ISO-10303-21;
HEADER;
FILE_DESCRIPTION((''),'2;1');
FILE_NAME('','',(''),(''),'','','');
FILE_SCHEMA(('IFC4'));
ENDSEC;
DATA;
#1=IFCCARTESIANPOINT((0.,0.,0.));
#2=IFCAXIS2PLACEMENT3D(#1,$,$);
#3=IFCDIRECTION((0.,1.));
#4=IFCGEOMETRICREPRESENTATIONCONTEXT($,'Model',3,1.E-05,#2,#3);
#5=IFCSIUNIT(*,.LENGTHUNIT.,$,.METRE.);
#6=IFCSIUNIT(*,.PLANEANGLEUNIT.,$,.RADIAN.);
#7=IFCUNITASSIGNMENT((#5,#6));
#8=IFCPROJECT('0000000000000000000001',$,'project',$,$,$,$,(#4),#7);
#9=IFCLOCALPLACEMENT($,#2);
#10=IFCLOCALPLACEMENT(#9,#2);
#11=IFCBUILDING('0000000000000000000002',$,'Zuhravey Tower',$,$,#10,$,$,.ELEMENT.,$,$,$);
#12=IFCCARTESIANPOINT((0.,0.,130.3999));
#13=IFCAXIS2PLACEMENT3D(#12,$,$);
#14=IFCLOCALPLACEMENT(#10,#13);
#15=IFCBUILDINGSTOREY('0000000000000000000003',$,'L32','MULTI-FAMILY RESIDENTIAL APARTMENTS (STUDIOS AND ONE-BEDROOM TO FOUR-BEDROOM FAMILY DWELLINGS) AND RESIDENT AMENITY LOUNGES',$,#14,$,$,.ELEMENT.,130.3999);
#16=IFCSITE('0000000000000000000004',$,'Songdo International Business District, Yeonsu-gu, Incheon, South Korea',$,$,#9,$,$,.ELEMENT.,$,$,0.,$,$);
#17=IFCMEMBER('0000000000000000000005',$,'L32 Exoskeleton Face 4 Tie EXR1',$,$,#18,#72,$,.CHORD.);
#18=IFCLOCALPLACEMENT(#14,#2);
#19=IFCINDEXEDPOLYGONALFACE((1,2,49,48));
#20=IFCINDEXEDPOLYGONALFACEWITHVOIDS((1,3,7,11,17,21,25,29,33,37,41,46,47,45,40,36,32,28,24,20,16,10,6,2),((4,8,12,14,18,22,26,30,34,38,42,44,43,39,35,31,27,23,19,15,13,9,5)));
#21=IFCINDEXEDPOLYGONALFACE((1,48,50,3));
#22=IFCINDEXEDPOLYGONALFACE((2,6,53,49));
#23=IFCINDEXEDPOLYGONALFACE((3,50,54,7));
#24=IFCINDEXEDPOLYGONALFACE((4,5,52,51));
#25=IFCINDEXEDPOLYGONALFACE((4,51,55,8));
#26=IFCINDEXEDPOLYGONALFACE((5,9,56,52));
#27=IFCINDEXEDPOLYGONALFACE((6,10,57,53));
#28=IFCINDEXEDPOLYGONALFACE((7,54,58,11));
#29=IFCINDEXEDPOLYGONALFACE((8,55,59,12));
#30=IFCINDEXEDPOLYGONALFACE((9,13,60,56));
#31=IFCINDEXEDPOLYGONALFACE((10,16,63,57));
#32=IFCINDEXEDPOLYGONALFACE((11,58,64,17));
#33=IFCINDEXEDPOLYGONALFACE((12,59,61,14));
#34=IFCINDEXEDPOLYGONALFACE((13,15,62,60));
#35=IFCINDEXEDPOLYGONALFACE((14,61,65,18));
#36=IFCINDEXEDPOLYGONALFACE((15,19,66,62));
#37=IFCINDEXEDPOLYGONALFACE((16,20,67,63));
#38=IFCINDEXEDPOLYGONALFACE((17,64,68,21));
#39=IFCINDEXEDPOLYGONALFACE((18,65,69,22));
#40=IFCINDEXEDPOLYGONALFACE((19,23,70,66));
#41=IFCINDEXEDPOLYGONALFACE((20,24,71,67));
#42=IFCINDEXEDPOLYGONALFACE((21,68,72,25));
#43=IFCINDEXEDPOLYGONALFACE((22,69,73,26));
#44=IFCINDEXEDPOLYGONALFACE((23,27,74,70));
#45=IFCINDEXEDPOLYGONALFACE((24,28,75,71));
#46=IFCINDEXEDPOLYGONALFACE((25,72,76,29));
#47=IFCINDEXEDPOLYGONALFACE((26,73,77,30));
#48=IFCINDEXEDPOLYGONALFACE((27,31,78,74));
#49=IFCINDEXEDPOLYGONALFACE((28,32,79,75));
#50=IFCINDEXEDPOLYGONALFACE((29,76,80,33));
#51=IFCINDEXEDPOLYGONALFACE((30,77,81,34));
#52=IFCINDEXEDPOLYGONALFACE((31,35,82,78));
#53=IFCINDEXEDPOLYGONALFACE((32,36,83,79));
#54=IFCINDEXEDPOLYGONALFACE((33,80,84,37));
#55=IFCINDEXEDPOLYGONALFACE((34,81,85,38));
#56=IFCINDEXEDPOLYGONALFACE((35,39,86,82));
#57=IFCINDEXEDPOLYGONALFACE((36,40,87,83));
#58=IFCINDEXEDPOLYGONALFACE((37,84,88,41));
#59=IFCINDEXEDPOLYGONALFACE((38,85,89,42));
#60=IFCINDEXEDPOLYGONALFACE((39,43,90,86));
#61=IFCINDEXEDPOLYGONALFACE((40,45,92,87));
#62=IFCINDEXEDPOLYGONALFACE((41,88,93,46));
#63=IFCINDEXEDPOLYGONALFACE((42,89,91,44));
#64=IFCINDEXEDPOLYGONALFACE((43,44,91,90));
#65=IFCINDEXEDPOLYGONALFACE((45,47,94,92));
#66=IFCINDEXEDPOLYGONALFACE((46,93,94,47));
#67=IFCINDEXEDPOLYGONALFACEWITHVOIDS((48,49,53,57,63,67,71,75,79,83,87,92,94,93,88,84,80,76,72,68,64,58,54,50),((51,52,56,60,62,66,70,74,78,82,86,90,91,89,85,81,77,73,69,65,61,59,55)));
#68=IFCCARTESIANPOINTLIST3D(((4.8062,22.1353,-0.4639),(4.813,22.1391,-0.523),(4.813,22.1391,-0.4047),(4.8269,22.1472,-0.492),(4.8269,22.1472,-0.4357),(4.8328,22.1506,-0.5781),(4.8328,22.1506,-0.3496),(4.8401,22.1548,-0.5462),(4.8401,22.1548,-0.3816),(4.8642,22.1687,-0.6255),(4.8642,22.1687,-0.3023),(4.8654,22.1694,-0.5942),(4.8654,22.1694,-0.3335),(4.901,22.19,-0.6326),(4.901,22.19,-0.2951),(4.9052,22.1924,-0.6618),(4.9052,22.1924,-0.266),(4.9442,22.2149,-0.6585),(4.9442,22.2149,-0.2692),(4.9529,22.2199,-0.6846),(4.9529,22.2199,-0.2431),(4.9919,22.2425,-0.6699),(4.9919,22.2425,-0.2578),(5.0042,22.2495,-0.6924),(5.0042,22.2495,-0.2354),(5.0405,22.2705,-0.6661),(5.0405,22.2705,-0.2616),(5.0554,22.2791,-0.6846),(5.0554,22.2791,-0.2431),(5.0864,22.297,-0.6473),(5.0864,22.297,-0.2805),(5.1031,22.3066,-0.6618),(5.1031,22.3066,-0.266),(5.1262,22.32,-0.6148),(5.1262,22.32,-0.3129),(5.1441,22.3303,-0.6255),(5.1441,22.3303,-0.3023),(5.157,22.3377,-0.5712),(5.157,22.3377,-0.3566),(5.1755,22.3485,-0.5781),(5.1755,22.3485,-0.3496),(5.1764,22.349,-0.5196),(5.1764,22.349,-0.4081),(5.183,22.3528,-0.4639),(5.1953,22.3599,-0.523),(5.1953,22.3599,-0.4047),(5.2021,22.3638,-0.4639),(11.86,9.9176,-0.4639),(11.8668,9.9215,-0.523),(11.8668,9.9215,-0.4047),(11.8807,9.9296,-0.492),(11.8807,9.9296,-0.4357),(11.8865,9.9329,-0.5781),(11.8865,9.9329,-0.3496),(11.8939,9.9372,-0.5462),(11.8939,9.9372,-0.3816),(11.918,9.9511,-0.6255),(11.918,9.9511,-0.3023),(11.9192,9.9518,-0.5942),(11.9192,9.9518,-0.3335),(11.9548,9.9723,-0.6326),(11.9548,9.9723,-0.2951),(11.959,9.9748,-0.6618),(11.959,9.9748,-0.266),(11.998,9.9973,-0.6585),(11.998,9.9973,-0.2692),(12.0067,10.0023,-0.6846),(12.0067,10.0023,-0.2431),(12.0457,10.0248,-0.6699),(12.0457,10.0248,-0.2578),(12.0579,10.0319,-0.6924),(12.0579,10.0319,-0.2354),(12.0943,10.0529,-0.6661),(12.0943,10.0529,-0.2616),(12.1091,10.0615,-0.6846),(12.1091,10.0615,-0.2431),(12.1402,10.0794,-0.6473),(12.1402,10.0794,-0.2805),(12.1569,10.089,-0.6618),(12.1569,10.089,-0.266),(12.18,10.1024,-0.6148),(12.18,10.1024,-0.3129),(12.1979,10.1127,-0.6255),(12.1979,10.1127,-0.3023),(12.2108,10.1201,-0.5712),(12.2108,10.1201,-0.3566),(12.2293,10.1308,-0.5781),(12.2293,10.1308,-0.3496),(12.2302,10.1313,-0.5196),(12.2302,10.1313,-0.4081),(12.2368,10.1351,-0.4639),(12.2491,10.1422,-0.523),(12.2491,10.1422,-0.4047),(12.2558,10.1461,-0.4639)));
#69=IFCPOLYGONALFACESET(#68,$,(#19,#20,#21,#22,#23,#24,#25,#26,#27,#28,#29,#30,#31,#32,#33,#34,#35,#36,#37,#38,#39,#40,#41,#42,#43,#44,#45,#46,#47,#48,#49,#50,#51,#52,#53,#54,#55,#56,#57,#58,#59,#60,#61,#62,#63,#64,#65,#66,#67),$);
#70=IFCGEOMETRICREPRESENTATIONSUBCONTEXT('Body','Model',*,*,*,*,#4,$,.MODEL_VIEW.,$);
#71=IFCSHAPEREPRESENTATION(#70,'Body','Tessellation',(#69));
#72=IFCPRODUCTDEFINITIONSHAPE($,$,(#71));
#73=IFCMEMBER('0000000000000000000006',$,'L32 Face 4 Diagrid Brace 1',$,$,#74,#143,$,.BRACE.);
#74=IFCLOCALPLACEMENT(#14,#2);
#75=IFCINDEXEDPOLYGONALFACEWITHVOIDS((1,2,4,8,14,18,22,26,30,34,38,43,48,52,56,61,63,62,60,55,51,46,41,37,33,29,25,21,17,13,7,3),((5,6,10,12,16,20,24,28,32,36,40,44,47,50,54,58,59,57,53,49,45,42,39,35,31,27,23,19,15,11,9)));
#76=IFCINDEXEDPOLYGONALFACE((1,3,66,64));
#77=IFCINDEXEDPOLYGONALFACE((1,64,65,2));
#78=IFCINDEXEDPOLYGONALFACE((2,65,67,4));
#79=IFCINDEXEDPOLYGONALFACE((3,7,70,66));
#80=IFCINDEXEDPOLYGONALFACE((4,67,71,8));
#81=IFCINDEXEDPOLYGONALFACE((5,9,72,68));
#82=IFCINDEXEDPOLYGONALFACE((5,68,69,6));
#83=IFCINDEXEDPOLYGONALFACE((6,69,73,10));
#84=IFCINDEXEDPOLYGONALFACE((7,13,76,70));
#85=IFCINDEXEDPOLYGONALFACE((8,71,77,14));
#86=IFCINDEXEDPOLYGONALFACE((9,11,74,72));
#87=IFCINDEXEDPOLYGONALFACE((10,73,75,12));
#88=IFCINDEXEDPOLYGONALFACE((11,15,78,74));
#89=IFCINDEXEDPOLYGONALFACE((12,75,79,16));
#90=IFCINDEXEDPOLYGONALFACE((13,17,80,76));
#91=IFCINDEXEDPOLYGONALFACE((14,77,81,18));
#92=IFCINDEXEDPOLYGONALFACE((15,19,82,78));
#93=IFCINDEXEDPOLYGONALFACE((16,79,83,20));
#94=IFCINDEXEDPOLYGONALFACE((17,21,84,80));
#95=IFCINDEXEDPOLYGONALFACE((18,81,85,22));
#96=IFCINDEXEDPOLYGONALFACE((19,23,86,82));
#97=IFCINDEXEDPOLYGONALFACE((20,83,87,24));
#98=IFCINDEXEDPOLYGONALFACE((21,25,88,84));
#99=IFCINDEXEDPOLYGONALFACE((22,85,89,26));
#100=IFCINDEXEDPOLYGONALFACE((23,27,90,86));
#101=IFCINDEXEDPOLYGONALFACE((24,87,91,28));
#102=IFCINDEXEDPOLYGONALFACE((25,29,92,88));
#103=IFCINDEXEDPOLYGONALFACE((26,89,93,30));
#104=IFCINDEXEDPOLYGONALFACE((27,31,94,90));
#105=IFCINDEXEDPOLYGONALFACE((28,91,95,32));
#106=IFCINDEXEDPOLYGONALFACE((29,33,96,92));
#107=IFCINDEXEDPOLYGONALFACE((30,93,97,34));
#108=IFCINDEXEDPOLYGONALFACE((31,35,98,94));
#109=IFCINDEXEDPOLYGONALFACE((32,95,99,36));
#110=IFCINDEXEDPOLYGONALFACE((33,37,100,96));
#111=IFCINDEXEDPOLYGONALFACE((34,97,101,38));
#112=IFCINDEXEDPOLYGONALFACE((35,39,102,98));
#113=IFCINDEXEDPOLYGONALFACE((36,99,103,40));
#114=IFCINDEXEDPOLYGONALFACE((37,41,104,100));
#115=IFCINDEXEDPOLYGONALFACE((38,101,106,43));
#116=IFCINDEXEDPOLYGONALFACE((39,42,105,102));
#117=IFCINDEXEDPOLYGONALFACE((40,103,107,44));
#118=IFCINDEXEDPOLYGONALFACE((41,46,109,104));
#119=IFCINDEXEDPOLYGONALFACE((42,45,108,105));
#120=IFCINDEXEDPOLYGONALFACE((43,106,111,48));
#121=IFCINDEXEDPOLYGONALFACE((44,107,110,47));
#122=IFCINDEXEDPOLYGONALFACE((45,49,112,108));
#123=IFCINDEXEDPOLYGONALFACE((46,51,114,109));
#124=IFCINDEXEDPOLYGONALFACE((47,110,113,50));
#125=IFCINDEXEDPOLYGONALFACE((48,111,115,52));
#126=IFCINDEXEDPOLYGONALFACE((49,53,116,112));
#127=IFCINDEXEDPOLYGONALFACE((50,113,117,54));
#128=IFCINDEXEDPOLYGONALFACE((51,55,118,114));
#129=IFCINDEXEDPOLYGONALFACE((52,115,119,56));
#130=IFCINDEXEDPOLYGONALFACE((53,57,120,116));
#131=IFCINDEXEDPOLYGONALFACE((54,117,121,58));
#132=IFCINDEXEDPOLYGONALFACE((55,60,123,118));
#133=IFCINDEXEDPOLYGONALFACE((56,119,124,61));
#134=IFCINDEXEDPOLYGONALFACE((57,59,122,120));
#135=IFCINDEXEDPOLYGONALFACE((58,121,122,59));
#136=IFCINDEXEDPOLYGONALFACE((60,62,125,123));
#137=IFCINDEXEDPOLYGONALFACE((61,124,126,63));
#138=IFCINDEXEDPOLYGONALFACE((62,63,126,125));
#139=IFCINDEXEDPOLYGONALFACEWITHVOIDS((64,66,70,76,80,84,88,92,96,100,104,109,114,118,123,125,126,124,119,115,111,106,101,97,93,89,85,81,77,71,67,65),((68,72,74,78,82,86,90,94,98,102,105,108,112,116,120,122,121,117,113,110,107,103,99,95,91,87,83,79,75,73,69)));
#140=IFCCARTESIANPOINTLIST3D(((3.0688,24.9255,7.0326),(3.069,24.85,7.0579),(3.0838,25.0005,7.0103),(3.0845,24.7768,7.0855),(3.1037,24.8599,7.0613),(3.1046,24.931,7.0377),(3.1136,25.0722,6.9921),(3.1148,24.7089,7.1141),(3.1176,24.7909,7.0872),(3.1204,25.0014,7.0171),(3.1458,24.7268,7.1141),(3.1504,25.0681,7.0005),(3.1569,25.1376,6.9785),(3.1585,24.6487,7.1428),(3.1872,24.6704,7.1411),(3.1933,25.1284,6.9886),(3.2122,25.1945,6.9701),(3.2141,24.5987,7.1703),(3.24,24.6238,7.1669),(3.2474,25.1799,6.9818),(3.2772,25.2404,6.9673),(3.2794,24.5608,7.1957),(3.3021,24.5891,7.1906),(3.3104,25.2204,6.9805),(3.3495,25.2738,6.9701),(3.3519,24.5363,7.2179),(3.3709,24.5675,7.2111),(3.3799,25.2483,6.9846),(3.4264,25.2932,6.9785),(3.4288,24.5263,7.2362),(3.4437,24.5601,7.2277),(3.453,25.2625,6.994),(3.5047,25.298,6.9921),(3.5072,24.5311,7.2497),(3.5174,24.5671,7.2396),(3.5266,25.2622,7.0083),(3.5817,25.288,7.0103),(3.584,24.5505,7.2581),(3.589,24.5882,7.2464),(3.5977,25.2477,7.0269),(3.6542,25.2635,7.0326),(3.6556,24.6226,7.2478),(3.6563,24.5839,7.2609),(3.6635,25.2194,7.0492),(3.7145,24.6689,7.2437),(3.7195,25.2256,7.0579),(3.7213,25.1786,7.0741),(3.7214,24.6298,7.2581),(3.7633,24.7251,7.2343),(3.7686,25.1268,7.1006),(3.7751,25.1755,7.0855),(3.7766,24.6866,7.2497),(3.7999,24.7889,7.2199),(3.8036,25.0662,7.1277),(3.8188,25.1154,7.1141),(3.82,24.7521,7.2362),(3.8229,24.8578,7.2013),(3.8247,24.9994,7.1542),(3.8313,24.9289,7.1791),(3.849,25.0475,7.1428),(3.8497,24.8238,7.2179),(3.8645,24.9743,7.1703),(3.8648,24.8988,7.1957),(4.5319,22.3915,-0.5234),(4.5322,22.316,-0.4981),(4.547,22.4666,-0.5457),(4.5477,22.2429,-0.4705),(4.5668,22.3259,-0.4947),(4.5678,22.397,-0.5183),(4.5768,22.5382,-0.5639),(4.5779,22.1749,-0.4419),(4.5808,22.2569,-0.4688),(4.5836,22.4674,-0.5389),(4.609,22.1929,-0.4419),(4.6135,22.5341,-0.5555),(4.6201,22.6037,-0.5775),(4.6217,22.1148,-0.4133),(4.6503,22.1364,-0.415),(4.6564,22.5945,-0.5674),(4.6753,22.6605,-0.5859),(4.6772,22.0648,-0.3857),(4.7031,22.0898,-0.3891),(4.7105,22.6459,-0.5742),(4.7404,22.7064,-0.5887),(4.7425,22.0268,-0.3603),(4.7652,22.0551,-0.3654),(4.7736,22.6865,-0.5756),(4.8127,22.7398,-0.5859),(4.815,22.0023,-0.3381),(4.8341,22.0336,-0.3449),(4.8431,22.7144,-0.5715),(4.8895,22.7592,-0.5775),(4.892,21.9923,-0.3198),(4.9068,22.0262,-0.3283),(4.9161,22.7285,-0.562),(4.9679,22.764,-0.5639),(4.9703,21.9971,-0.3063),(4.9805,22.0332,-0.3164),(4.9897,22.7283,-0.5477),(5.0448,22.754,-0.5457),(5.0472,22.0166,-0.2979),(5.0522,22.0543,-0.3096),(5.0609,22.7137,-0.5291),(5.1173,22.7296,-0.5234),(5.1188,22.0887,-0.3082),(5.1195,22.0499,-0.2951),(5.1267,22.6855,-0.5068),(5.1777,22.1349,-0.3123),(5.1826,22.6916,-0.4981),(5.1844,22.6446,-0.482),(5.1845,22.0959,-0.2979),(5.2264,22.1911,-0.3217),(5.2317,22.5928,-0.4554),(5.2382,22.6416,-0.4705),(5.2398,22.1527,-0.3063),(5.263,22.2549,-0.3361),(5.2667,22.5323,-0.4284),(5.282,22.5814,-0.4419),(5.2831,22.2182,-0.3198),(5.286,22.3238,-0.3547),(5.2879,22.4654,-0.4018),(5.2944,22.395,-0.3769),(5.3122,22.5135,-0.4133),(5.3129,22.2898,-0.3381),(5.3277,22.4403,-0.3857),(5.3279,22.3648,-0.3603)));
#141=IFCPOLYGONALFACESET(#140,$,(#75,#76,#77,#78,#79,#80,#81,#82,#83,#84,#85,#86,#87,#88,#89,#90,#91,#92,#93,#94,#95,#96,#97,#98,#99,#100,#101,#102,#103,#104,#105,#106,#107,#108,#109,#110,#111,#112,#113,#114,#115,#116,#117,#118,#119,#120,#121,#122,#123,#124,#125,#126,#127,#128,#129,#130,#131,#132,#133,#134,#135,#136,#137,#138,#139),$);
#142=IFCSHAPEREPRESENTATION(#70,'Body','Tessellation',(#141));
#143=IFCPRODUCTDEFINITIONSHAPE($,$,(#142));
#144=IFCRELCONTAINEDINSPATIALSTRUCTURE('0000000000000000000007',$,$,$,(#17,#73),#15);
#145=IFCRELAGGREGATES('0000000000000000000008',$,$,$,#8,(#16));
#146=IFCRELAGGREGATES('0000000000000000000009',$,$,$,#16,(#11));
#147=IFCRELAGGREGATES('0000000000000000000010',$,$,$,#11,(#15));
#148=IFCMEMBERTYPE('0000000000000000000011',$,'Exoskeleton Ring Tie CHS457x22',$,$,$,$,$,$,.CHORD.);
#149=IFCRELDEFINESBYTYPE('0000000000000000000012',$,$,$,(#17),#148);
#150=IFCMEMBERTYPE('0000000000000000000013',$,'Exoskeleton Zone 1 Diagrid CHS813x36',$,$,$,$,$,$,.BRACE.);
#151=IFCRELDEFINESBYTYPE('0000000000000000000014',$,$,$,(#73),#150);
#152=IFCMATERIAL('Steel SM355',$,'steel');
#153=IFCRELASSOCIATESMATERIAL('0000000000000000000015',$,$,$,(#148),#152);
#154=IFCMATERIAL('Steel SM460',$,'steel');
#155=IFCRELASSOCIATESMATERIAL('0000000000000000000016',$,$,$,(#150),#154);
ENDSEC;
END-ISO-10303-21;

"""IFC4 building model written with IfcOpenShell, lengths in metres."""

from ifc_helpers import new_model, si_unit, direction, frame, origin, origin_2d, place, context, subcontext, project, spatial, hollow_circle, extrude, material, material_profile, profile_set, type_object, element, save


model = new_model("IFC4")

# Units and contexts
model_context = context("Model", 3, precision=1e-05, world=origin(), true_north=direction((0.0, 1.0)))
body_context = subcontext(model_context, "Body", "Model", "MODEL_VIEW")
ifc_project = project(units=[si_unit("LENGTHUNIT", "METRE"), si_unit("PLANEANGLEUNIT", "RADIAN")], contexts=[model_context])

# Site, building, storey
site_placement = place(None, origin())
site = spatial("IfcSite", under=ifc_project, at=site_placement, Name="Songdo International Business District, Yeonsu-gu, Incheon, South Korea", CompositionType="ELEMENT", RefElevation=0.0)
building_placement = place(site_placement, origin())
building = spatial("IfcBuilding", under=site, at=building_placement, Name="Zuhravey Tower", CompositionType="ELEMENT")
storey_placement = place(building_placement, frame((0.0, 0.0, 130.3999)))
storey = spatial("IfcBuildingStorey", under=building, at=storey_placement, Name="L32", Description="MULTI-FAMILY RESIDENTIAL APARTMENTS (STUDIOS AND ONE-BEDROOM TO FOUR-BEDROOM FAMILY DWELLINGS) AND RESIDENT AMENITY LOUNGES", CompositionType="ELEMENT", Elevation=130.3999)

# Members
ifc_material_1 = material(Name="Steel SM355", Category="steel")
ifc_material_profile_1 = material_profile(ifc_material_1, hollow_circle(Radius=0.2285, WallThickness=0.022, at=origin_2d()), Name="CHS-457.2x22")
ifc_profile_set_1 = profile_set([ifc_material_profile_1], Name="Steel SM355")
member_type_1 = type_object("IfcMemberType", Name="Exoskeleton Ring Tie CHS457x22", PredefinedType="CHORD", material=ifc_profile_set_1)
member_1_placement = place(storey_placement, frame((5.0042, 22.2495, -0.4639), z_axis=(0.499996, -0.866028, 0.0), x_axis=(0.866028, 0.499996, 0.0)))
element("IfcMember", 1, at=member_1_placement, inside=storey, type_object=member_type_1, Name="L32 Exoskeleton Face 4 Tie EXR1", PredefinedType="CHORD", context=body_context, shape_type="SweptSolid", body=[
    extrude(hollow_circle(Radius=0.2285, WallThickness=0.022, at=origin_2d()), origin(), (0.0, 0.0, 1.0), 14.1077),
])
ifc_material_2 = material(Name="Steel SM460", Category="steel")
ifc_material_profile_2 = material_profile(ifc_material_2, hollow_circle(Radius=0.4065, WallThickness=0.0359, at=origin_2d()), Name="CHS-812.8x36")
ifc_profile_set_2 = profile_set([ifc_material_profile_2], Name="Steel SM460")
member_type_2 = type_object("IfcMemberType", Name="Exoskeleton Zone 1 Diagrid CHS813x36", PredefinedType="BRACE", material=ifc_profile_set_2)
member_2_placement = place(storey_placement, frame((4.9299, 22.3782, -0.4419), z_axis=(-0.180574, 0.312728, 0.93252), x_axis=(-0.866001, -0.500043, 0.0)))
element("IfcMember", 2, at=member_2_placement, inside=storey, type_object=member_type_2, Name="L32 Face 4 Diagrid Brace 1", PredefinedType="BRACE", context=body_context, shape_type="SweptSolid", body=[
    extrude(hollow_circle(Radius=0.4065, WallThickness=0.0359, at=origin_2d()), origin(), (0.0, 0.0, 1.0), 8.1028),
])

save(model, "model.ifc")
